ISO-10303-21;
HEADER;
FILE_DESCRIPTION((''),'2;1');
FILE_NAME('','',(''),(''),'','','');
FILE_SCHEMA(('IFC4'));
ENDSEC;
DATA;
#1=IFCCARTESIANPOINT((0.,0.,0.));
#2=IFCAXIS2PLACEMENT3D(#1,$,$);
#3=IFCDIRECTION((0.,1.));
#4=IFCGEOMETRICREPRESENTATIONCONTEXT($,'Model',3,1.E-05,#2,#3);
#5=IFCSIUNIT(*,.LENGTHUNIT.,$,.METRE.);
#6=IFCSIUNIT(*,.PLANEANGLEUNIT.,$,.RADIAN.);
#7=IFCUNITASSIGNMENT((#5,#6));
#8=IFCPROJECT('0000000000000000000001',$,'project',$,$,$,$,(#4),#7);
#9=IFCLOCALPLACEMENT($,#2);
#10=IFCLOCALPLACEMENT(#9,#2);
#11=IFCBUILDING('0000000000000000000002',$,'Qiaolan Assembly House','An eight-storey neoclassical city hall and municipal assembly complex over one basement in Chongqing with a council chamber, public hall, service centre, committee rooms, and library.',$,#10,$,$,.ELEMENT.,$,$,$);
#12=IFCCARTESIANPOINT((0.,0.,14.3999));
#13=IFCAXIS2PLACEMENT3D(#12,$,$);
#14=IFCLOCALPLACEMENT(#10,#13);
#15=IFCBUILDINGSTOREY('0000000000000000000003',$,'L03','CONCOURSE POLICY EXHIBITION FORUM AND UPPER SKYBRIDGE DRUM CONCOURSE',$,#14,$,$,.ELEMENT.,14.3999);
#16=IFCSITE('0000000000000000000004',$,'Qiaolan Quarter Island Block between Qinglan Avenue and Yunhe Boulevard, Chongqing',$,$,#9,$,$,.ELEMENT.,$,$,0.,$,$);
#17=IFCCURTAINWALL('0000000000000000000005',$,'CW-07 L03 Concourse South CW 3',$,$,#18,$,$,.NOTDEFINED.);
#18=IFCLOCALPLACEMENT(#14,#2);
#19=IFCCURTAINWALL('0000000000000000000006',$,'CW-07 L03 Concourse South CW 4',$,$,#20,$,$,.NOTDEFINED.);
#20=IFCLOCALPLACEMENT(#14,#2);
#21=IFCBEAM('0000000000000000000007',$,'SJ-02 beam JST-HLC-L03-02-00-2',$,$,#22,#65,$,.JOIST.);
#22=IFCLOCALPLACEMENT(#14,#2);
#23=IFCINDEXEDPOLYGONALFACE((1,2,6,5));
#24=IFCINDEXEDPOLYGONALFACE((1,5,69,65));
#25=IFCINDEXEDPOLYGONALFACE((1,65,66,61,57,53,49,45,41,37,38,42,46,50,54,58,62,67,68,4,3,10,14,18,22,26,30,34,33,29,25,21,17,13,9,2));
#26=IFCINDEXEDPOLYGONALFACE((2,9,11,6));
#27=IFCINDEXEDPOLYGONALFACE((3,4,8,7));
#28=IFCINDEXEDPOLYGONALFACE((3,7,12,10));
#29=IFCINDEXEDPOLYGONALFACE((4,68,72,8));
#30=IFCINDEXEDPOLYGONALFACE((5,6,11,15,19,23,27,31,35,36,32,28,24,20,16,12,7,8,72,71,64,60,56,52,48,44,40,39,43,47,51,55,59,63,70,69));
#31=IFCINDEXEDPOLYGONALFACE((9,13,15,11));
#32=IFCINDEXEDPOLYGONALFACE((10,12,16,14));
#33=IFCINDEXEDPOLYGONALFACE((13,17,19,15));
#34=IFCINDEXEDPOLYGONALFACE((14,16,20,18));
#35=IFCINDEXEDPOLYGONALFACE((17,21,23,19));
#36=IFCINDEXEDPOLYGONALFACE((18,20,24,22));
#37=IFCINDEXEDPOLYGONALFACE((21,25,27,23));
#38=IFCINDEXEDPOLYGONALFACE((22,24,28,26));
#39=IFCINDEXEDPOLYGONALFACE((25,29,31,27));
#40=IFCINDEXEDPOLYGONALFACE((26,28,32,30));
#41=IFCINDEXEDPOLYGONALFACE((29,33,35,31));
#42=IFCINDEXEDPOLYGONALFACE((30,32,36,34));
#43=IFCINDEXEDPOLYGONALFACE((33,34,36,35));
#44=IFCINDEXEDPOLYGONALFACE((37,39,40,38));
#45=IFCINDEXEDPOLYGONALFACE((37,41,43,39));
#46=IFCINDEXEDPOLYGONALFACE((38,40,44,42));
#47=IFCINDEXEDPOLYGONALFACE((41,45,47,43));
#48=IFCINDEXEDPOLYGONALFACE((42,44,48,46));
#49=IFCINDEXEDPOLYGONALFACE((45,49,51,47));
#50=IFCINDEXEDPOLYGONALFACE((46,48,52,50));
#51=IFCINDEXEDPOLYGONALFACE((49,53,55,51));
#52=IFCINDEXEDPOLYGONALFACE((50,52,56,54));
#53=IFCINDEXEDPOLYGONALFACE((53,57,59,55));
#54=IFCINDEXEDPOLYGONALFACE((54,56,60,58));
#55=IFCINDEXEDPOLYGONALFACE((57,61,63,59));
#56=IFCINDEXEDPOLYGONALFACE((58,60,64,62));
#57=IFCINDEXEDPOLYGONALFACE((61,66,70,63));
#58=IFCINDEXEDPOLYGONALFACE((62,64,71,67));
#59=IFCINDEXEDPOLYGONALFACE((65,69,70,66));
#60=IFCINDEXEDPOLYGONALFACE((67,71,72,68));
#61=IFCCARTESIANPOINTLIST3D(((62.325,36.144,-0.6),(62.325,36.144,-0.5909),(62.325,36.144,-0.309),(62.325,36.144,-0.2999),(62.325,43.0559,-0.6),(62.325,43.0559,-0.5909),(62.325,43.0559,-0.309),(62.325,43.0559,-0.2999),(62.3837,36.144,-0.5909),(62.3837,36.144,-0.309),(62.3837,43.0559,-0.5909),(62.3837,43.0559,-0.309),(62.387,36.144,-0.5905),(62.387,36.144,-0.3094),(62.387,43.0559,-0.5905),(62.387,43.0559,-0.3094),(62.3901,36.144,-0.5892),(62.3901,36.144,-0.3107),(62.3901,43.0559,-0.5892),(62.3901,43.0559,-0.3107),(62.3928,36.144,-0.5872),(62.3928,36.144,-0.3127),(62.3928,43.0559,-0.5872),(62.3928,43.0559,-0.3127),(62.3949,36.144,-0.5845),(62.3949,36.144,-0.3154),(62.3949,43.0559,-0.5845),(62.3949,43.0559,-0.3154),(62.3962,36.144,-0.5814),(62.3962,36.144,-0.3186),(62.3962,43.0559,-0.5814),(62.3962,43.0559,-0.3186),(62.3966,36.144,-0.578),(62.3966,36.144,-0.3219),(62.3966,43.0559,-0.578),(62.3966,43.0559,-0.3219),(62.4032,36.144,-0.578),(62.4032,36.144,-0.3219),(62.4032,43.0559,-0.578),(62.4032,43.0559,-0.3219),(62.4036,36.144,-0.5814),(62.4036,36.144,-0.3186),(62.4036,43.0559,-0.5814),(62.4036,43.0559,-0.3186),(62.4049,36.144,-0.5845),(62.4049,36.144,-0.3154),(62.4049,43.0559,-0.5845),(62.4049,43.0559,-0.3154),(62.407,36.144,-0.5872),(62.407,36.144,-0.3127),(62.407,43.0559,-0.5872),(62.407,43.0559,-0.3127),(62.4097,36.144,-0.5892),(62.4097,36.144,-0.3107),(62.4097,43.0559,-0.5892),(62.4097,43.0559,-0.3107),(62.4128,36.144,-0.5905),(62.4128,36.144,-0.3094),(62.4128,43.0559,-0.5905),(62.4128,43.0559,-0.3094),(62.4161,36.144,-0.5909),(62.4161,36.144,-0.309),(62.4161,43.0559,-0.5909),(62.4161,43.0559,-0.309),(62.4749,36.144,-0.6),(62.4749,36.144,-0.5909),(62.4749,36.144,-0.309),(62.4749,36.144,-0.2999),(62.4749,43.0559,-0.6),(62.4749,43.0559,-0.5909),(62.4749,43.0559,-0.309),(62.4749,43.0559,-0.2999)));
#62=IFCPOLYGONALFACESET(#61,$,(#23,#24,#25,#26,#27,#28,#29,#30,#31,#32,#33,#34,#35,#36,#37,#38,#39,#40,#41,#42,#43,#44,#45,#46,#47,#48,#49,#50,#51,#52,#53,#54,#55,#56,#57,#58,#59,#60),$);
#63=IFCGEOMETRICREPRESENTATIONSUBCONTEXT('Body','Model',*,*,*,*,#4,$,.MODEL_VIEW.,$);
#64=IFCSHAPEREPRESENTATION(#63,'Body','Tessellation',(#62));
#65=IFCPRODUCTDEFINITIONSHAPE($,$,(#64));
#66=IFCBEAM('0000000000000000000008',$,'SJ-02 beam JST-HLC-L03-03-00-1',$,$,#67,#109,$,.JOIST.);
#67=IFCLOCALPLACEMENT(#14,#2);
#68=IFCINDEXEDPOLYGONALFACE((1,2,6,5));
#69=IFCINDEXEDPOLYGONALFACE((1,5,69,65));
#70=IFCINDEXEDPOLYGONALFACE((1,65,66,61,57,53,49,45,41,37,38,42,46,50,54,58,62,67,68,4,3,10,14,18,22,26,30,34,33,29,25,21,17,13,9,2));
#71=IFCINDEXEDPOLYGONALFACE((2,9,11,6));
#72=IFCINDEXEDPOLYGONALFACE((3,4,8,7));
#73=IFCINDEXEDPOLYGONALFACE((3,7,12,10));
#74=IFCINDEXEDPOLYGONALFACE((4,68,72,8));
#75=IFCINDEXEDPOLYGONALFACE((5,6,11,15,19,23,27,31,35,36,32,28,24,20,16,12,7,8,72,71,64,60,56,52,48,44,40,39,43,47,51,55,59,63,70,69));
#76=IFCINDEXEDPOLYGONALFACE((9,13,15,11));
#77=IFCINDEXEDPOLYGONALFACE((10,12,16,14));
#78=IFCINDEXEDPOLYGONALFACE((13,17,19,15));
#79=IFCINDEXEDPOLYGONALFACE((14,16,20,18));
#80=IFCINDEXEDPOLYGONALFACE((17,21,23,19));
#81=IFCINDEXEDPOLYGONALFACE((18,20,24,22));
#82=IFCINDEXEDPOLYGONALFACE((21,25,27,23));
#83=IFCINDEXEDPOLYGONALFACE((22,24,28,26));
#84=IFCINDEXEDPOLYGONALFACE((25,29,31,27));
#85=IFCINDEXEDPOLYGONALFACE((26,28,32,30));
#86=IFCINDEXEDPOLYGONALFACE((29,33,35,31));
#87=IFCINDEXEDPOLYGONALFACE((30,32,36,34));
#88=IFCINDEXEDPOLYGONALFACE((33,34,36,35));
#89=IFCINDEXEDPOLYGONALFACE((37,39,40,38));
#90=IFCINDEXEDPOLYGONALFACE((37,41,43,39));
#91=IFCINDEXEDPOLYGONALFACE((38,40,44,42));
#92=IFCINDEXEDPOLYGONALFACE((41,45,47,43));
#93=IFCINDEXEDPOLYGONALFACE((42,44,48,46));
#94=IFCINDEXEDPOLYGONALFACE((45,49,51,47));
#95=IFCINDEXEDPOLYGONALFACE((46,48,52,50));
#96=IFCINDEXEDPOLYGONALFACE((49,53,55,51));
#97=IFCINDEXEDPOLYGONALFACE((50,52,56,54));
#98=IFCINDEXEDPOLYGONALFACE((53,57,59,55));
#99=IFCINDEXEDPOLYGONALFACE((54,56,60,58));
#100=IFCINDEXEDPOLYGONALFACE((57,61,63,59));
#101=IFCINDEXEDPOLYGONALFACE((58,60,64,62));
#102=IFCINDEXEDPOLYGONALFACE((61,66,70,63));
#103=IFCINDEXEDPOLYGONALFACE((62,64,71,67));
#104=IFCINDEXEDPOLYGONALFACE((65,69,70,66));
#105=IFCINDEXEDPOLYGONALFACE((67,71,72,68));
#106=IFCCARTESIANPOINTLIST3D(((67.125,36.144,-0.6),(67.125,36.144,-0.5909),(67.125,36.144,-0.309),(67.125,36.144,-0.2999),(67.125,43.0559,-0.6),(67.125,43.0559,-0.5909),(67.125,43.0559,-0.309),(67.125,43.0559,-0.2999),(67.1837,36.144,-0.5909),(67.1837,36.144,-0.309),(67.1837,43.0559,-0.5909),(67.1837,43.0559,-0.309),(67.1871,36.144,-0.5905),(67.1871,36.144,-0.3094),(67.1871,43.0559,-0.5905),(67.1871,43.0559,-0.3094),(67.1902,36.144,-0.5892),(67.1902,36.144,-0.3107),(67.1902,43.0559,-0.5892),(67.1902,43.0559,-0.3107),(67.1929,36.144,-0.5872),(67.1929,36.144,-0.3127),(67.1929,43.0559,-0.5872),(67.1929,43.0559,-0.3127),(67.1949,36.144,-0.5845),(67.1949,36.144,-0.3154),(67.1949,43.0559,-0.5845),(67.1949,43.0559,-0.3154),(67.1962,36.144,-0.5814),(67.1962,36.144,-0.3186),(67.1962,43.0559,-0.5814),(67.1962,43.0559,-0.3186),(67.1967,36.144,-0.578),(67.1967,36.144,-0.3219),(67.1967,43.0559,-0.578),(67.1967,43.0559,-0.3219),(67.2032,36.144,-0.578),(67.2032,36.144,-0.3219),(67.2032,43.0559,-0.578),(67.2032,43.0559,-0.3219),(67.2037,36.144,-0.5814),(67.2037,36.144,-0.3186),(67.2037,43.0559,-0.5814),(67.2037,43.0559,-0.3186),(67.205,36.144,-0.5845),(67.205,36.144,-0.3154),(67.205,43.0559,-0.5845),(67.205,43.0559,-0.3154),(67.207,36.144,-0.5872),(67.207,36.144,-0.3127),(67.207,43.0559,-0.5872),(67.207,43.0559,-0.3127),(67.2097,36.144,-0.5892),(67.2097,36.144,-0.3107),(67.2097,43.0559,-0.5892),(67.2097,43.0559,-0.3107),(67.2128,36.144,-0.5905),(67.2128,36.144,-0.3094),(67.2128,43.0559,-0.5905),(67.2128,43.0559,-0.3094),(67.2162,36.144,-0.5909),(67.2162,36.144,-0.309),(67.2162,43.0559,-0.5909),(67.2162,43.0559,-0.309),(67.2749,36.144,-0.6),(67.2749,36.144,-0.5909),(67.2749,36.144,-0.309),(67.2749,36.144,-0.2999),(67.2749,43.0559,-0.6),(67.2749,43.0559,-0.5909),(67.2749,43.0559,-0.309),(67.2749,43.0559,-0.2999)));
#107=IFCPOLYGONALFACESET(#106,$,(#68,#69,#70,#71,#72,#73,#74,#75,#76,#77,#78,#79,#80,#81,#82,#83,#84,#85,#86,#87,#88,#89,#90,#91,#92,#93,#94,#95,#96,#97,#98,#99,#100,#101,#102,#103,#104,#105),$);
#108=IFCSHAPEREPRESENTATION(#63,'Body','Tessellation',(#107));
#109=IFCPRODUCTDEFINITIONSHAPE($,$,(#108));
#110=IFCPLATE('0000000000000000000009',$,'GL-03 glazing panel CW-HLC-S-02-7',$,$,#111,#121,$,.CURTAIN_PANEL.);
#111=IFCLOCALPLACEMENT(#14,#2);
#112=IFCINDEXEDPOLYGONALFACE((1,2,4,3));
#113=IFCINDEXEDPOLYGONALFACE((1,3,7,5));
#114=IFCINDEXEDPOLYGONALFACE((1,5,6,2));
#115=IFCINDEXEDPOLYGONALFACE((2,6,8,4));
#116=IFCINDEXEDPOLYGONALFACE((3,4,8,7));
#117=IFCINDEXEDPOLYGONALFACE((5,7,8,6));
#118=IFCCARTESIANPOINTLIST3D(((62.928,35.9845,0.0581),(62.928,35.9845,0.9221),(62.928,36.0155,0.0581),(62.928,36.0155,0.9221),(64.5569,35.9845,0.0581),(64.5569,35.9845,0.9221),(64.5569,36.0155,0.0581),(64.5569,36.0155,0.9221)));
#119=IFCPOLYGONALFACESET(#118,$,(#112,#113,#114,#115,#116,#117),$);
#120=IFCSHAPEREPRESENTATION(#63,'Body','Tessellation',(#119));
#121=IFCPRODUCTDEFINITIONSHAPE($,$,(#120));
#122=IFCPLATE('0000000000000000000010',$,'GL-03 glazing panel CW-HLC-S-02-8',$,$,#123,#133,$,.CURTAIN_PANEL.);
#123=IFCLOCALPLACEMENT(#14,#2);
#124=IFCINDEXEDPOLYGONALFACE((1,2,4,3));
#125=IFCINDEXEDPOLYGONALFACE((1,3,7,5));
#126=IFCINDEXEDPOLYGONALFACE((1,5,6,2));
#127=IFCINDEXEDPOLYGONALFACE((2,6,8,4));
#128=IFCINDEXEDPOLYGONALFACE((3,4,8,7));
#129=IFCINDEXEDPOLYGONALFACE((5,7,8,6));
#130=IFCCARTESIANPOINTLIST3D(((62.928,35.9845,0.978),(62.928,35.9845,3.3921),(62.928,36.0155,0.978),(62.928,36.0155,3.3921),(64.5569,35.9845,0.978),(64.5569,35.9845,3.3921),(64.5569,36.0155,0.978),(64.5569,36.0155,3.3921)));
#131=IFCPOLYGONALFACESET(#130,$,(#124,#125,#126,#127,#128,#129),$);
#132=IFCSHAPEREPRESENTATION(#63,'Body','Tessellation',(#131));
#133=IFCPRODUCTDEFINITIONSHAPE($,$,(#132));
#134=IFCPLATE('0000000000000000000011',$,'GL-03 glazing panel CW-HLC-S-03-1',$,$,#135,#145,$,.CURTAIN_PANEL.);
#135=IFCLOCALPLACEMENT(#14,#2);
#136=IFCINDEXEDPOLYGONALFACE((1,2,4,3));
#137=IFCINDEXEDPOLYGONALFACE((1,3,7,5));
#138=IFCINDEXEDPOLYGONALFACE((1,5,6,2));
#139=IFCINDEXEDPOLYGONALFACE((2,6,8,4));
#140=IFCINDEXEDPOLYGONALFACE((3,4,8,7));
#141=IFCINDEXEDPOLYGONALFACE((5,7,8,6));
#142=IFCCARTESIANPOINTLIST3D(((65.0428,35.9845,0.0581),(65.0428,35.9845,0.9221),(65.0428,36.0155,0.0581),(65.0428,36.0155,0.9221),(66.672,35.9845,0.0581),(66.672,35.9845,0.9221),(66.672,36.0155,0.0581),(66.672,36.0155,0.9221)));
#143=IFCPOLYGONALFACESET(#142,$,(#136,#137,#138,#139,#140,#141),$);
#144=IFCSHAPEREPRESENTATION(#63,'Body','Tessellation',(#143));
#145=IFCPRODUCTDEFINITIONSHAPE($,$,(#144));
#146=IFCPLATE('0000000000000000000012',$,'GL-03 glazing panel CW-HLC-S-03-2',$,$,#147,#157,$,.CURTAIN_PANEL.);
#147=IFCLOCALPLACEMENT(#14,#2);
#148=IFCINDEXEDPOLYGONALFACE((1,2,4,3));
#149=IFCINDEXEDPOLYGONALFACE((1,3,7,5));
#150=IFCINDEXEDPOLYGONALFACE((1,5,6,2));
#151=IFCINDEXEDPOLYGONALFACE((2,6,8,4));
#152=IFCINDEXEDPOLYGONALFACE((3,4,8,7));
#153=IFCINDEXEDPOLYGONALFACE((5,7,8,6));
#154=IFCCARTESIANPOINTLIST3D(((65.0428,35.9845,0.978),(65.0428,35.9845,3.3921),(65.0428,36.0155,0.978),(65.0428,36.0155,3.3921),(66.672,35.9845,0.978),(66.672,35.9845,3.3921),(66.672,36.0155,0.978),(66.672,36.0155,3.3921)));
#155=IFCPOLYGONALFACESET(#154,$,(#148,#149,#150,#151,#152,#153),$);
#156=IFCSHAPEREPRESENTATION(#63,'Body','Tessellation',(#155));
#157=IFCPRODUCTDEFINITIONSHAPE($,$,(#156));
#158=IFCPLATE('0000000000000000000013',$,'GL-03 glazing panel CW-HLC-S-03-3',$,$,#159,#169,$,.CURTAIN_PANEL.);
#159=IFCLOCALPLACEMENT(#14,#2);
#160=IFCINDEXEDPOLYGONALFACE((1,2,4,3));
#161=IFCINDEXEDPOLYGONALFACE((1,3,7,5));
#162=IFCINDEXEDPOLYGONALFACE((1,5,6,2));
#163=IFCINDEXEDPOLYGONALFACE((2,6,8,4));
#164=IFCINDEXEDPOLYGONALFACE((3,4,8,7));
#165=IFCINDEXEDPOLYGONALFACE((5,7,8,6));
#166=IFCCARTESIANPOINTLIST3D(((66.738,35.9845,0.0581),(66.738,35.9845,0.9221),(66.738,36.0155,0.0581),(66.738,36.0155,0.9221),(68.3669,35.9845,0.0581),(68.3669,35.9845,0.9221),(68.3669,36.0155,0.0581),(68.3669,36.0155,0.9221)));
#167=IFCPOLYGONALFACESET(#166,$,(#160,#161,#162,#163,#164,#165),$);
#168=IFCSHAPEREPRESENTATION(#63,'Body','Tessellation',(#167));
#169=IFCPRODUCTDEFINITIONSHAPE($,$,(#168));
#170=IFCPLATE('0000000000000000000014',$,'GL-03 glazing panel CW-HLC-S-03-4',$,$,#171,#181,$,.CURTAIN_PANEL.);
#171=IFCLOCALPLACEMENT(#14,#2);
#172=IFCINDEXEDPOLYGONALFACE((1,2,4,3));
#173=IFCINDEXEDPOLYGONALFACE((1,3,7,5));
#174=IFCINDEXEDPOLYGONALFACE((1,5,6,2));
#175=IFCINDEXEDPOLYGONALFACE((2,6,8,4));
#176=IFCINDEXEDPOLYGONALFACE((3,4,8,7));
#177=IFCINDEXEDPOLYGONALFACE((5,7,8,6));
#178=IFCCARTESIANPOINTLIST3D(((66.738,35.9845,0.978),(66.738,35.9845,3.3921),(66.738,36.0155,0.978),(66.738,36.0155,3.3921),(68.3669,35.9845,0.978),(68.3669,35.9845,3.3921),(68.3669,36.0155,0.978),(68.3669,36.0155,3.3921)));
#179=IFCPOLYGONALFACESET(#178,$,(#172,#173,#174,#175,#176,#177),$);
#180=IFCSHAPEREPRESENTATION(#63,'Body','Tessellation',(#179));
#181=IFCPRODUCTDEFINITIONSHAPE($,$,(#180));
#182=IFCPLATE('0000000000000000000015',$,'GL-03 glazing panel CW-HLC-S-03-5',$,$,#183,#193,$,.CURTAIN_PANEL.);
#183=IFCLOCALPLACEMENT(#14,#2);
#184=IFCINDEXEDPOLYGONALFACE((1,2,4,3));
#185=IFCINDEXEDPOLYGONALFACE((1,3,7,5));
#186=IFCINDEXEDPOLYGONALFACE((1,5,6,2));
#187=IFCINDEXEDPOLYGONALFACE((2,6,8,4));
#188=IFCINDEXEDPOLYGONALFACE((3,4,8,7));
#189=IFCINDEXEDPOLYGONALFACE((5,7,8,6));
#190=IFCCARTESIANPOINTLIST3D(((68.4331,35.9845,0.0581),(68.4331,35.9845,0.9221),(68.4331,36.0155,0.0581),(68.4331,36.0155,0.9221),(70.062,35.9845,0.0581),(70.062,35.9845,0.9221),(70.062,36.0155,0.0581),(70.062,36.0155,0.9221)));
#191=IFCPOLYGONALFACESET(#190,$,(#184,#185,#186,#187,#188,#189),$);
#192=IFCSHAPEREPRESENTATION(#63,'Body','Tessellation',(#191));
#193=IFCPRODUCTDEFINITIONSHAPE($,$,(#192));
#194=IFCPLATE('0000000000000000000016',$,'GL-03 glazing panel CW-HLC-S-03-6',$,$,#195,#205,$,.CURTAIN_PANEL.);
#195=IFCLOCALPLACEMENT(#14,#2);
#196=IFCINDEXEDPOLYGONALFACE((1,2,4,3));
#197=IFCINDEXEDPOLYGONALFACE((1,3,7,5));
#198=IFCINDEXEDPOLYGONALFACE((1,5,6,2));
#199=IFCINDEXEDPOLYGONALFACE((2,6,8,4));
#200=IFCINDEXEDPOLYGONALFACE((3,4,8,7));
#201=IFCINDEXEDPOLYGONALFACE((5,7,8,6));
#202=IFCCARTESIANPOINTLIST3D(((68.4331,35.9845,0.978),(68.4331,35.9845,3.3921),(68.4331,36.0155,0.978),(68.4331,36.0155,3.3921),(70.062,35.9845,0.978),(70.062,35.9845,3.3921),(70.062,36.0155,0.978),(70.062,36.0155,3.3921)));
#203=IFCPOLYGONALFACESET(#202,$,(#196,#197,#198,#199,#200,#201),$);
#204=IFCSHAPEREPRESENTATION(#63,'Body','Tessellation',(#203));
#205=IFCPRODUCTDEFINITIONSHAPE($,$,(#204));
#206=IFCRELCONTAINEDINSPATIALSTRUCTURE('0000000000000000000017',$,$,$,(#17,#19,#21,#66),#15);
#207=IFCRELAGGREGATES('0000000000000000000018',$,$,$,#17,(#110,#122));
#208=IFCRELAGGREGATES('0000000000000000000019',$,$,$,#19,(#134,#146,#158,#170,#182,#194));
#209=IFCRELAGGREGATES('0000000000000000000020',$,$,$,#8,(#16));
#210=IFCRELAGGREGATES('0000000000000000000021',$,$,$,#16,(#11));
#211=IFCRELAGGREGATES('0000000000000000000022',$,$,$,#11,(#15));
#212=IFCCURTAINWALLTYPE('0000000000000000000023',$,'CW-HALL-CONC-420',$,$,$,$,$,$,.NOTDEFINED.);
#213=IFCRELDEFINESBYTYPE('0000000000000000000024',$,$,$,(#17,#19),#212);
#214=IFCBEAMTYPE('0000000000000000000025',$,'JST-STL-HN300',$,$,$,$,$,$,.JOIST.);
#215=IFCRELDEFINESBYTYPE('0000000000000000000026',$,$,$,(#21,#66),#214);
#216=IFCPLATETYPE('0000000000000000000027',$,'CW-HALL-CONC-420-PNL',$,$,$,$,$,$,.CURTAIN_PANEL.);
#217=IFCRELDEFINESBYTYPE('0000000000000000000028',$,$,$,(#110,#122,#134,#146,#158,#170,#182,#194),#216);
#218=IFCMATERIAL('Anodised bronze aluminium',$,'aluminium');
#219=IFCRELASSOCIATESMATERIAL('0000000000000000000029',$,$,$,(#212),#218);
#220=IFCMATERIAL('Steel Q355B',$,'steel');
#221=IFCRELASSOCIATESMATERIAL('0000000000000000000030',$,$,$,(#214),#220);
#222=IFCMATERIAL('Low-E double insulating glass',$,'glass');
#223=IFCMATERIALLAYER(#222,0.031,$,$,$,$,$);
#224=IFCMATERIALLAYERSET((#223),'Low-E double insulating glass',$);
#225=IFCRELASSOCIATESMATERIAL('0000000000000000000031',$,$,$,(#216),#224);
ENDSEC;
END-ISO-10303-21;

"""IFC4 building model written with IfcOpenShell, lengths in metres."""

from ifc_helpers import new_model, si_unit, direction, frame, frame_2d, origin, origin_2d, place, context, subcontext, project, spatial, rectangle, i_section, extrude, material, layer, layer_set, material_profile, profile_set, type_object, element, aggregate, save


model = new_model("IFC4")

# Units and contexts
model_context = context("Model", 3, precision=1e-05, world=origin(), true_north=direction((0.0, 1.0)))
body_context = subcontext(model_context, "Body", "Model", "MODEL_VIEW")
ifc_project = project(units=[si_unit("LENGTHUNIT", "METRE"), si_unit("PLANEANGLEUNIT", "RADIAN")], contexts=[model_context])

# Site, building, storey
site_placement = place(None, origin())
site = spatial("IfcSite", under=ifc_project, at=site_placement, Name="Qiaolan Quarter Island Block between Qinglan Avenue and Yunhe Boulevard, Chongqing", CompositionType="ELEMENT", RefElevation=0.0)
building_placement = place(site_placement, origin())
building = spatial("IfcBuilding", under=site, at=building_placement, Name="Qiaolan Assembly House", Description="An eight-storey neoclassical city hall and municipal assembly complex over one basement in Chongqing with a council chamber, public hall, service centre, committee rooms, and library.", CompositionType="ELEMENT")
storey_placement = place(building_placement, frame((0.0, 0.0, 14.3999)))
storey = spatial("IfcBuildingStorey", under=building, at=storey_placement, Name="L03", Description="CONCOURSE POLICY EXHIBITION FORUM AND UPPER SKYBRIDGE DRUM CONCOURSE", CompositionType="ELEMENT", Elevation=14.3999)

# Shared definitions
ifc_material_1 = material(Name="Steel Q355B", Category="steel")

# Curtain walls
ifc_material_2 = material(Name="Anodised bronze aluminium", Category="aluminium")
curtain_wall_type = type_object("IfcCurtainWallType", Name="CW-HALL-CONC-420", PredefinedType="NOTDEFINED", material=ifc_material_2)
curtain_wall_1_placement = place(storey_placement, origin())
curtain_wall_1 = element("IfcCurtainWall", 1, at=curtain_wall_1_placement, inside=storey, type_object=curtain_wall_type, Name="CW-07 L03 Concourse South CW 3", PredefinedType="NOTDEFINED")
curtain_wall_2_placement = place(storey_placement, origin())
curtain_wall_2 = element("IfcCurtainWall", 2, at=curtain_wall_2_placement, inside=storey, type_object=curtain_wall_type, Name="CW-07 L03 Concourse South CW 4", PredefinedType="NOTDEFINED")

# Beams
ifc_material_profile_1 = material_profile(ifc_material_1, i_section(OverallWidth=0.1499, OverallDepth=0.3, WebThickness=0.0066, FlangeThickness=0.009, FilletRadius=0.0129, at=origin_2d()), Name="HN 300x150x6.5x9")
ifc_profile_set_1 = profile_set([ifc_material_profile_1], Name="Steel Q355B")
beam_type_1 = type_object("IfcBeamType", Name="JST-STL-HN300", PredefinedType="JOIST", material=ifc_profile_set_1)
for number, where, z_axis, x_axis, name in (
    (3, (62.3999, 36.144, -0.45), (0.0, 1.0, 0.0), (-1.0, 0.0, 0.0), "SJ-02 beam JST-HLC-L03-02-00-2"),
    (4, (67.2, 36.144, -0.45), (0.0, 1.0, 0.0), (-1.0, 0.0, 0.0), "SJ-02 beam JST-HLC-L03-03-00-1"),
):
    element("IfcBeam", number, at=place(storey_placement, frame(where, z_axis=z_axis, x_axis=x_axis)), inside=storey, type_object=beam_type_1, Name=name, PredefinedType="JOIST", context=body_context, shape_type="SweptSolid", body=[
        extrude(i_section(OverallWidth=0.1499, OverallDepth=0.3, WebThickness=0.0066, FlangeThickness=0.009, FilletRadius=0.0129, at=origin_2d()), origin(), (0.0, 0.0, 1.0), 6.9119),
    ])

# Plates
ifc_material_3 = material(Name="Low-E double insulating glass", Category="glass")
ifc_layer_1 = layer(ifc_material_3, 0.031)
ifc_layer_set_1 = layer_set([ifc_layer_1], Name="Low-E double insulating glass")
plate_type_1 = type_object("IfcPlateType", Name="CW-HALL-CONC-420-PNL", PredefinedType="CURTAIN_PANEL", material=ifc_layer_set_1)
plate_1_placement = place(storey_placement, frame((62.928, 36.0, 0.0581), z_axis=(0.0, 0.0, 1.0), x_axis=(1.0, 0.0, 0.0)))
plate_1 = element("IfcPlate", 5, at=plate_1_placement, type_object=plate_type_1, Name="GL-03 glazing panel CW-HLC-S-02-7", PredefinedType="CURTAIN_PANEL", context=body_context, shape_type="SweptSolid", body=[
    extrude(rectangle(XDim=1.6289, YDim=0.031, at=frame_2d((0.8145, 0.0))), origin(), (0.0, 0.0, 1.0), 0.864),
])
plate_2_placement = place(storey_placement, frame((62.928, 36.0, 0.978), z_axis=(0.0, 0.0, 1.0), x_axis=(1.0, 0.0, 0.0)))
plate_2 = element("IfcPlate", 6, at=plate_2_placement, type_object=plate_type_1, Name="GL-03 glazing panel CW-HLC-S-02-8", PredefinedType="CURTAIN_PANEL", context=body_context, shape_type="SweptSolid", body=[
    extrude(rectangle(XDim=1.6289, YDim=0.031, at=frame_2d((0.8145, 0.0))), origin(), (0.0, 0.0, 1.0), 2.4141),
])
aggregate(curtain_wall_1, [plate_1, plate_2])
plate_3_placement = place(storey_placement, frame((65.043, 36.0, 0.0581), z_axis=(0.0, 0.0, 1.0), x_axis=(1.0, 0.0, 0.0)))
plate_3 = element("IfcPlate", 7, at=plate_3_placement, type_object=plate_type_1, Name="GL-03 glazing panel CW-HLC-S-03-1", PredefinedType="CURTAIN_PANEL", context=body_context, shape_type="SweptSolid", body=[
    extrude(rectangle(XDim=1.6292, YDim=0.031, at=frame_2d((0.8145, 0.0))), origin(), (0.0, 0.0, 1.0), 0.864),
])
plate_4_placement = place(storey_placement, frame((65.043, 36.0, 0.978), z_axis=(0.0, 0.0, 1.0), x_axis=(1.0, 0.0, 0.0)))
plate_4 = element("IfcPlate", 8, at=plate_4_placement, type_object=plate_type_1, Name="GL-03 glazing panel CW-HLC-S-03-2", PredefinedType="CURTAIN_PANEL", context=body_context, shape_type="SweptSolid", body=[
    extrude(rectangle(XDim=1.6292, YDim=0.031, at=frame_2d((0.8145, 0.0))), origin(), (0.0, 0.0, 1.0), 2.4141),
])
plate_5_placement = place(storey_placement, frame((66.738, 36.0, 0.0581), z_axis=(0.0, 0.0, 1.0), x_axis=(1.0, 0.0, 0.0)))
plate_5 = element("IfcPlate", 9, at=plate_5_placement, type_object=plate_type_1, Name="GL-03 glazing panel CW-HLC-S-03-3", PredefinedType="CURTAIN_PANEL", context=body_context, shape_type="SweptSolid", body=[
    extrude(rectangle(XDim=1.6289, YDim=0.031, at=frame_2d((0.8145, 0.0))), origin(), (0.0, 0.0, 1.0), 0.864),
])
plate_6_placement = place(storey_placement, frame((66.738, 36.0, 0.978), z_axis=(0.0, 0.0, 1.0), x_axis=(1.0, 0.0, 0.0)))
plate_6 = element("IfcPlate", 10, at=plate_6_placement, type_object=plate_type_1, Name="GL-03 glazing panel CW-HLC-S-03-4", PredefinedType="CURTAIN_PANEL", context=body_context, shape_type="SweptSolid", body=[
    extrude(rectangle(XDim=1.6289, YDim=0.031, at=frame_2d((0.8145, 0.0))), origin(), (0.0, 0.0, 1.0), 2.4141),
])
plate_7_placement = place(storey_placement, frame((68.4331, 36.0, 0.0581), z_axis=(0.0, 0.0, 1.0), x_axis=(1.0, 0.0, 0.0)))
plate_7 = element("IfcPlate", 11, at=plate_7_placement, type_object=plate_type_1, Name="GL-03 glazing panel CW-HLC-S-03-5", PredefinedType="CURTAIN_PANEL", context=body_context, shape_type="SweptSolid", body=[
    extrude(rectangle(XDim=1.6289, YDim=0.031, at=frame_2d((0.8145, 0.0))), origin(), (0.0, 0.0, 1.0), 0.864),
])
plate_8_placement = place(storey_placement, frame((68.4331, 36.0, 0.978), z_axis=(0.0, 0.0, 1.0), x_axis=(1.0, 0.0, 0.0)))
plate_8 = element("IfcPlate", 12, at=plate_8_placement, type_object=plate_type_1, Name="GL-03 glazing panel CW-HLC-S-03-6", PredefinedType="CURTAIN_PANEL", context=body_context, shape_type="SweptSolid", body=[
    extrude(rectangle(XDim=1.6289, YDim=0.031, at=frame_2d((0.8145, 0.0))), origin(), (0.0, 0.0, 1.0), 2.4141),
])
aggregate(curtain_wall_2, [plate_3, plate_4, plate_5, plate_6, plate_7, plate_8])

save(model, "model.ifc")
